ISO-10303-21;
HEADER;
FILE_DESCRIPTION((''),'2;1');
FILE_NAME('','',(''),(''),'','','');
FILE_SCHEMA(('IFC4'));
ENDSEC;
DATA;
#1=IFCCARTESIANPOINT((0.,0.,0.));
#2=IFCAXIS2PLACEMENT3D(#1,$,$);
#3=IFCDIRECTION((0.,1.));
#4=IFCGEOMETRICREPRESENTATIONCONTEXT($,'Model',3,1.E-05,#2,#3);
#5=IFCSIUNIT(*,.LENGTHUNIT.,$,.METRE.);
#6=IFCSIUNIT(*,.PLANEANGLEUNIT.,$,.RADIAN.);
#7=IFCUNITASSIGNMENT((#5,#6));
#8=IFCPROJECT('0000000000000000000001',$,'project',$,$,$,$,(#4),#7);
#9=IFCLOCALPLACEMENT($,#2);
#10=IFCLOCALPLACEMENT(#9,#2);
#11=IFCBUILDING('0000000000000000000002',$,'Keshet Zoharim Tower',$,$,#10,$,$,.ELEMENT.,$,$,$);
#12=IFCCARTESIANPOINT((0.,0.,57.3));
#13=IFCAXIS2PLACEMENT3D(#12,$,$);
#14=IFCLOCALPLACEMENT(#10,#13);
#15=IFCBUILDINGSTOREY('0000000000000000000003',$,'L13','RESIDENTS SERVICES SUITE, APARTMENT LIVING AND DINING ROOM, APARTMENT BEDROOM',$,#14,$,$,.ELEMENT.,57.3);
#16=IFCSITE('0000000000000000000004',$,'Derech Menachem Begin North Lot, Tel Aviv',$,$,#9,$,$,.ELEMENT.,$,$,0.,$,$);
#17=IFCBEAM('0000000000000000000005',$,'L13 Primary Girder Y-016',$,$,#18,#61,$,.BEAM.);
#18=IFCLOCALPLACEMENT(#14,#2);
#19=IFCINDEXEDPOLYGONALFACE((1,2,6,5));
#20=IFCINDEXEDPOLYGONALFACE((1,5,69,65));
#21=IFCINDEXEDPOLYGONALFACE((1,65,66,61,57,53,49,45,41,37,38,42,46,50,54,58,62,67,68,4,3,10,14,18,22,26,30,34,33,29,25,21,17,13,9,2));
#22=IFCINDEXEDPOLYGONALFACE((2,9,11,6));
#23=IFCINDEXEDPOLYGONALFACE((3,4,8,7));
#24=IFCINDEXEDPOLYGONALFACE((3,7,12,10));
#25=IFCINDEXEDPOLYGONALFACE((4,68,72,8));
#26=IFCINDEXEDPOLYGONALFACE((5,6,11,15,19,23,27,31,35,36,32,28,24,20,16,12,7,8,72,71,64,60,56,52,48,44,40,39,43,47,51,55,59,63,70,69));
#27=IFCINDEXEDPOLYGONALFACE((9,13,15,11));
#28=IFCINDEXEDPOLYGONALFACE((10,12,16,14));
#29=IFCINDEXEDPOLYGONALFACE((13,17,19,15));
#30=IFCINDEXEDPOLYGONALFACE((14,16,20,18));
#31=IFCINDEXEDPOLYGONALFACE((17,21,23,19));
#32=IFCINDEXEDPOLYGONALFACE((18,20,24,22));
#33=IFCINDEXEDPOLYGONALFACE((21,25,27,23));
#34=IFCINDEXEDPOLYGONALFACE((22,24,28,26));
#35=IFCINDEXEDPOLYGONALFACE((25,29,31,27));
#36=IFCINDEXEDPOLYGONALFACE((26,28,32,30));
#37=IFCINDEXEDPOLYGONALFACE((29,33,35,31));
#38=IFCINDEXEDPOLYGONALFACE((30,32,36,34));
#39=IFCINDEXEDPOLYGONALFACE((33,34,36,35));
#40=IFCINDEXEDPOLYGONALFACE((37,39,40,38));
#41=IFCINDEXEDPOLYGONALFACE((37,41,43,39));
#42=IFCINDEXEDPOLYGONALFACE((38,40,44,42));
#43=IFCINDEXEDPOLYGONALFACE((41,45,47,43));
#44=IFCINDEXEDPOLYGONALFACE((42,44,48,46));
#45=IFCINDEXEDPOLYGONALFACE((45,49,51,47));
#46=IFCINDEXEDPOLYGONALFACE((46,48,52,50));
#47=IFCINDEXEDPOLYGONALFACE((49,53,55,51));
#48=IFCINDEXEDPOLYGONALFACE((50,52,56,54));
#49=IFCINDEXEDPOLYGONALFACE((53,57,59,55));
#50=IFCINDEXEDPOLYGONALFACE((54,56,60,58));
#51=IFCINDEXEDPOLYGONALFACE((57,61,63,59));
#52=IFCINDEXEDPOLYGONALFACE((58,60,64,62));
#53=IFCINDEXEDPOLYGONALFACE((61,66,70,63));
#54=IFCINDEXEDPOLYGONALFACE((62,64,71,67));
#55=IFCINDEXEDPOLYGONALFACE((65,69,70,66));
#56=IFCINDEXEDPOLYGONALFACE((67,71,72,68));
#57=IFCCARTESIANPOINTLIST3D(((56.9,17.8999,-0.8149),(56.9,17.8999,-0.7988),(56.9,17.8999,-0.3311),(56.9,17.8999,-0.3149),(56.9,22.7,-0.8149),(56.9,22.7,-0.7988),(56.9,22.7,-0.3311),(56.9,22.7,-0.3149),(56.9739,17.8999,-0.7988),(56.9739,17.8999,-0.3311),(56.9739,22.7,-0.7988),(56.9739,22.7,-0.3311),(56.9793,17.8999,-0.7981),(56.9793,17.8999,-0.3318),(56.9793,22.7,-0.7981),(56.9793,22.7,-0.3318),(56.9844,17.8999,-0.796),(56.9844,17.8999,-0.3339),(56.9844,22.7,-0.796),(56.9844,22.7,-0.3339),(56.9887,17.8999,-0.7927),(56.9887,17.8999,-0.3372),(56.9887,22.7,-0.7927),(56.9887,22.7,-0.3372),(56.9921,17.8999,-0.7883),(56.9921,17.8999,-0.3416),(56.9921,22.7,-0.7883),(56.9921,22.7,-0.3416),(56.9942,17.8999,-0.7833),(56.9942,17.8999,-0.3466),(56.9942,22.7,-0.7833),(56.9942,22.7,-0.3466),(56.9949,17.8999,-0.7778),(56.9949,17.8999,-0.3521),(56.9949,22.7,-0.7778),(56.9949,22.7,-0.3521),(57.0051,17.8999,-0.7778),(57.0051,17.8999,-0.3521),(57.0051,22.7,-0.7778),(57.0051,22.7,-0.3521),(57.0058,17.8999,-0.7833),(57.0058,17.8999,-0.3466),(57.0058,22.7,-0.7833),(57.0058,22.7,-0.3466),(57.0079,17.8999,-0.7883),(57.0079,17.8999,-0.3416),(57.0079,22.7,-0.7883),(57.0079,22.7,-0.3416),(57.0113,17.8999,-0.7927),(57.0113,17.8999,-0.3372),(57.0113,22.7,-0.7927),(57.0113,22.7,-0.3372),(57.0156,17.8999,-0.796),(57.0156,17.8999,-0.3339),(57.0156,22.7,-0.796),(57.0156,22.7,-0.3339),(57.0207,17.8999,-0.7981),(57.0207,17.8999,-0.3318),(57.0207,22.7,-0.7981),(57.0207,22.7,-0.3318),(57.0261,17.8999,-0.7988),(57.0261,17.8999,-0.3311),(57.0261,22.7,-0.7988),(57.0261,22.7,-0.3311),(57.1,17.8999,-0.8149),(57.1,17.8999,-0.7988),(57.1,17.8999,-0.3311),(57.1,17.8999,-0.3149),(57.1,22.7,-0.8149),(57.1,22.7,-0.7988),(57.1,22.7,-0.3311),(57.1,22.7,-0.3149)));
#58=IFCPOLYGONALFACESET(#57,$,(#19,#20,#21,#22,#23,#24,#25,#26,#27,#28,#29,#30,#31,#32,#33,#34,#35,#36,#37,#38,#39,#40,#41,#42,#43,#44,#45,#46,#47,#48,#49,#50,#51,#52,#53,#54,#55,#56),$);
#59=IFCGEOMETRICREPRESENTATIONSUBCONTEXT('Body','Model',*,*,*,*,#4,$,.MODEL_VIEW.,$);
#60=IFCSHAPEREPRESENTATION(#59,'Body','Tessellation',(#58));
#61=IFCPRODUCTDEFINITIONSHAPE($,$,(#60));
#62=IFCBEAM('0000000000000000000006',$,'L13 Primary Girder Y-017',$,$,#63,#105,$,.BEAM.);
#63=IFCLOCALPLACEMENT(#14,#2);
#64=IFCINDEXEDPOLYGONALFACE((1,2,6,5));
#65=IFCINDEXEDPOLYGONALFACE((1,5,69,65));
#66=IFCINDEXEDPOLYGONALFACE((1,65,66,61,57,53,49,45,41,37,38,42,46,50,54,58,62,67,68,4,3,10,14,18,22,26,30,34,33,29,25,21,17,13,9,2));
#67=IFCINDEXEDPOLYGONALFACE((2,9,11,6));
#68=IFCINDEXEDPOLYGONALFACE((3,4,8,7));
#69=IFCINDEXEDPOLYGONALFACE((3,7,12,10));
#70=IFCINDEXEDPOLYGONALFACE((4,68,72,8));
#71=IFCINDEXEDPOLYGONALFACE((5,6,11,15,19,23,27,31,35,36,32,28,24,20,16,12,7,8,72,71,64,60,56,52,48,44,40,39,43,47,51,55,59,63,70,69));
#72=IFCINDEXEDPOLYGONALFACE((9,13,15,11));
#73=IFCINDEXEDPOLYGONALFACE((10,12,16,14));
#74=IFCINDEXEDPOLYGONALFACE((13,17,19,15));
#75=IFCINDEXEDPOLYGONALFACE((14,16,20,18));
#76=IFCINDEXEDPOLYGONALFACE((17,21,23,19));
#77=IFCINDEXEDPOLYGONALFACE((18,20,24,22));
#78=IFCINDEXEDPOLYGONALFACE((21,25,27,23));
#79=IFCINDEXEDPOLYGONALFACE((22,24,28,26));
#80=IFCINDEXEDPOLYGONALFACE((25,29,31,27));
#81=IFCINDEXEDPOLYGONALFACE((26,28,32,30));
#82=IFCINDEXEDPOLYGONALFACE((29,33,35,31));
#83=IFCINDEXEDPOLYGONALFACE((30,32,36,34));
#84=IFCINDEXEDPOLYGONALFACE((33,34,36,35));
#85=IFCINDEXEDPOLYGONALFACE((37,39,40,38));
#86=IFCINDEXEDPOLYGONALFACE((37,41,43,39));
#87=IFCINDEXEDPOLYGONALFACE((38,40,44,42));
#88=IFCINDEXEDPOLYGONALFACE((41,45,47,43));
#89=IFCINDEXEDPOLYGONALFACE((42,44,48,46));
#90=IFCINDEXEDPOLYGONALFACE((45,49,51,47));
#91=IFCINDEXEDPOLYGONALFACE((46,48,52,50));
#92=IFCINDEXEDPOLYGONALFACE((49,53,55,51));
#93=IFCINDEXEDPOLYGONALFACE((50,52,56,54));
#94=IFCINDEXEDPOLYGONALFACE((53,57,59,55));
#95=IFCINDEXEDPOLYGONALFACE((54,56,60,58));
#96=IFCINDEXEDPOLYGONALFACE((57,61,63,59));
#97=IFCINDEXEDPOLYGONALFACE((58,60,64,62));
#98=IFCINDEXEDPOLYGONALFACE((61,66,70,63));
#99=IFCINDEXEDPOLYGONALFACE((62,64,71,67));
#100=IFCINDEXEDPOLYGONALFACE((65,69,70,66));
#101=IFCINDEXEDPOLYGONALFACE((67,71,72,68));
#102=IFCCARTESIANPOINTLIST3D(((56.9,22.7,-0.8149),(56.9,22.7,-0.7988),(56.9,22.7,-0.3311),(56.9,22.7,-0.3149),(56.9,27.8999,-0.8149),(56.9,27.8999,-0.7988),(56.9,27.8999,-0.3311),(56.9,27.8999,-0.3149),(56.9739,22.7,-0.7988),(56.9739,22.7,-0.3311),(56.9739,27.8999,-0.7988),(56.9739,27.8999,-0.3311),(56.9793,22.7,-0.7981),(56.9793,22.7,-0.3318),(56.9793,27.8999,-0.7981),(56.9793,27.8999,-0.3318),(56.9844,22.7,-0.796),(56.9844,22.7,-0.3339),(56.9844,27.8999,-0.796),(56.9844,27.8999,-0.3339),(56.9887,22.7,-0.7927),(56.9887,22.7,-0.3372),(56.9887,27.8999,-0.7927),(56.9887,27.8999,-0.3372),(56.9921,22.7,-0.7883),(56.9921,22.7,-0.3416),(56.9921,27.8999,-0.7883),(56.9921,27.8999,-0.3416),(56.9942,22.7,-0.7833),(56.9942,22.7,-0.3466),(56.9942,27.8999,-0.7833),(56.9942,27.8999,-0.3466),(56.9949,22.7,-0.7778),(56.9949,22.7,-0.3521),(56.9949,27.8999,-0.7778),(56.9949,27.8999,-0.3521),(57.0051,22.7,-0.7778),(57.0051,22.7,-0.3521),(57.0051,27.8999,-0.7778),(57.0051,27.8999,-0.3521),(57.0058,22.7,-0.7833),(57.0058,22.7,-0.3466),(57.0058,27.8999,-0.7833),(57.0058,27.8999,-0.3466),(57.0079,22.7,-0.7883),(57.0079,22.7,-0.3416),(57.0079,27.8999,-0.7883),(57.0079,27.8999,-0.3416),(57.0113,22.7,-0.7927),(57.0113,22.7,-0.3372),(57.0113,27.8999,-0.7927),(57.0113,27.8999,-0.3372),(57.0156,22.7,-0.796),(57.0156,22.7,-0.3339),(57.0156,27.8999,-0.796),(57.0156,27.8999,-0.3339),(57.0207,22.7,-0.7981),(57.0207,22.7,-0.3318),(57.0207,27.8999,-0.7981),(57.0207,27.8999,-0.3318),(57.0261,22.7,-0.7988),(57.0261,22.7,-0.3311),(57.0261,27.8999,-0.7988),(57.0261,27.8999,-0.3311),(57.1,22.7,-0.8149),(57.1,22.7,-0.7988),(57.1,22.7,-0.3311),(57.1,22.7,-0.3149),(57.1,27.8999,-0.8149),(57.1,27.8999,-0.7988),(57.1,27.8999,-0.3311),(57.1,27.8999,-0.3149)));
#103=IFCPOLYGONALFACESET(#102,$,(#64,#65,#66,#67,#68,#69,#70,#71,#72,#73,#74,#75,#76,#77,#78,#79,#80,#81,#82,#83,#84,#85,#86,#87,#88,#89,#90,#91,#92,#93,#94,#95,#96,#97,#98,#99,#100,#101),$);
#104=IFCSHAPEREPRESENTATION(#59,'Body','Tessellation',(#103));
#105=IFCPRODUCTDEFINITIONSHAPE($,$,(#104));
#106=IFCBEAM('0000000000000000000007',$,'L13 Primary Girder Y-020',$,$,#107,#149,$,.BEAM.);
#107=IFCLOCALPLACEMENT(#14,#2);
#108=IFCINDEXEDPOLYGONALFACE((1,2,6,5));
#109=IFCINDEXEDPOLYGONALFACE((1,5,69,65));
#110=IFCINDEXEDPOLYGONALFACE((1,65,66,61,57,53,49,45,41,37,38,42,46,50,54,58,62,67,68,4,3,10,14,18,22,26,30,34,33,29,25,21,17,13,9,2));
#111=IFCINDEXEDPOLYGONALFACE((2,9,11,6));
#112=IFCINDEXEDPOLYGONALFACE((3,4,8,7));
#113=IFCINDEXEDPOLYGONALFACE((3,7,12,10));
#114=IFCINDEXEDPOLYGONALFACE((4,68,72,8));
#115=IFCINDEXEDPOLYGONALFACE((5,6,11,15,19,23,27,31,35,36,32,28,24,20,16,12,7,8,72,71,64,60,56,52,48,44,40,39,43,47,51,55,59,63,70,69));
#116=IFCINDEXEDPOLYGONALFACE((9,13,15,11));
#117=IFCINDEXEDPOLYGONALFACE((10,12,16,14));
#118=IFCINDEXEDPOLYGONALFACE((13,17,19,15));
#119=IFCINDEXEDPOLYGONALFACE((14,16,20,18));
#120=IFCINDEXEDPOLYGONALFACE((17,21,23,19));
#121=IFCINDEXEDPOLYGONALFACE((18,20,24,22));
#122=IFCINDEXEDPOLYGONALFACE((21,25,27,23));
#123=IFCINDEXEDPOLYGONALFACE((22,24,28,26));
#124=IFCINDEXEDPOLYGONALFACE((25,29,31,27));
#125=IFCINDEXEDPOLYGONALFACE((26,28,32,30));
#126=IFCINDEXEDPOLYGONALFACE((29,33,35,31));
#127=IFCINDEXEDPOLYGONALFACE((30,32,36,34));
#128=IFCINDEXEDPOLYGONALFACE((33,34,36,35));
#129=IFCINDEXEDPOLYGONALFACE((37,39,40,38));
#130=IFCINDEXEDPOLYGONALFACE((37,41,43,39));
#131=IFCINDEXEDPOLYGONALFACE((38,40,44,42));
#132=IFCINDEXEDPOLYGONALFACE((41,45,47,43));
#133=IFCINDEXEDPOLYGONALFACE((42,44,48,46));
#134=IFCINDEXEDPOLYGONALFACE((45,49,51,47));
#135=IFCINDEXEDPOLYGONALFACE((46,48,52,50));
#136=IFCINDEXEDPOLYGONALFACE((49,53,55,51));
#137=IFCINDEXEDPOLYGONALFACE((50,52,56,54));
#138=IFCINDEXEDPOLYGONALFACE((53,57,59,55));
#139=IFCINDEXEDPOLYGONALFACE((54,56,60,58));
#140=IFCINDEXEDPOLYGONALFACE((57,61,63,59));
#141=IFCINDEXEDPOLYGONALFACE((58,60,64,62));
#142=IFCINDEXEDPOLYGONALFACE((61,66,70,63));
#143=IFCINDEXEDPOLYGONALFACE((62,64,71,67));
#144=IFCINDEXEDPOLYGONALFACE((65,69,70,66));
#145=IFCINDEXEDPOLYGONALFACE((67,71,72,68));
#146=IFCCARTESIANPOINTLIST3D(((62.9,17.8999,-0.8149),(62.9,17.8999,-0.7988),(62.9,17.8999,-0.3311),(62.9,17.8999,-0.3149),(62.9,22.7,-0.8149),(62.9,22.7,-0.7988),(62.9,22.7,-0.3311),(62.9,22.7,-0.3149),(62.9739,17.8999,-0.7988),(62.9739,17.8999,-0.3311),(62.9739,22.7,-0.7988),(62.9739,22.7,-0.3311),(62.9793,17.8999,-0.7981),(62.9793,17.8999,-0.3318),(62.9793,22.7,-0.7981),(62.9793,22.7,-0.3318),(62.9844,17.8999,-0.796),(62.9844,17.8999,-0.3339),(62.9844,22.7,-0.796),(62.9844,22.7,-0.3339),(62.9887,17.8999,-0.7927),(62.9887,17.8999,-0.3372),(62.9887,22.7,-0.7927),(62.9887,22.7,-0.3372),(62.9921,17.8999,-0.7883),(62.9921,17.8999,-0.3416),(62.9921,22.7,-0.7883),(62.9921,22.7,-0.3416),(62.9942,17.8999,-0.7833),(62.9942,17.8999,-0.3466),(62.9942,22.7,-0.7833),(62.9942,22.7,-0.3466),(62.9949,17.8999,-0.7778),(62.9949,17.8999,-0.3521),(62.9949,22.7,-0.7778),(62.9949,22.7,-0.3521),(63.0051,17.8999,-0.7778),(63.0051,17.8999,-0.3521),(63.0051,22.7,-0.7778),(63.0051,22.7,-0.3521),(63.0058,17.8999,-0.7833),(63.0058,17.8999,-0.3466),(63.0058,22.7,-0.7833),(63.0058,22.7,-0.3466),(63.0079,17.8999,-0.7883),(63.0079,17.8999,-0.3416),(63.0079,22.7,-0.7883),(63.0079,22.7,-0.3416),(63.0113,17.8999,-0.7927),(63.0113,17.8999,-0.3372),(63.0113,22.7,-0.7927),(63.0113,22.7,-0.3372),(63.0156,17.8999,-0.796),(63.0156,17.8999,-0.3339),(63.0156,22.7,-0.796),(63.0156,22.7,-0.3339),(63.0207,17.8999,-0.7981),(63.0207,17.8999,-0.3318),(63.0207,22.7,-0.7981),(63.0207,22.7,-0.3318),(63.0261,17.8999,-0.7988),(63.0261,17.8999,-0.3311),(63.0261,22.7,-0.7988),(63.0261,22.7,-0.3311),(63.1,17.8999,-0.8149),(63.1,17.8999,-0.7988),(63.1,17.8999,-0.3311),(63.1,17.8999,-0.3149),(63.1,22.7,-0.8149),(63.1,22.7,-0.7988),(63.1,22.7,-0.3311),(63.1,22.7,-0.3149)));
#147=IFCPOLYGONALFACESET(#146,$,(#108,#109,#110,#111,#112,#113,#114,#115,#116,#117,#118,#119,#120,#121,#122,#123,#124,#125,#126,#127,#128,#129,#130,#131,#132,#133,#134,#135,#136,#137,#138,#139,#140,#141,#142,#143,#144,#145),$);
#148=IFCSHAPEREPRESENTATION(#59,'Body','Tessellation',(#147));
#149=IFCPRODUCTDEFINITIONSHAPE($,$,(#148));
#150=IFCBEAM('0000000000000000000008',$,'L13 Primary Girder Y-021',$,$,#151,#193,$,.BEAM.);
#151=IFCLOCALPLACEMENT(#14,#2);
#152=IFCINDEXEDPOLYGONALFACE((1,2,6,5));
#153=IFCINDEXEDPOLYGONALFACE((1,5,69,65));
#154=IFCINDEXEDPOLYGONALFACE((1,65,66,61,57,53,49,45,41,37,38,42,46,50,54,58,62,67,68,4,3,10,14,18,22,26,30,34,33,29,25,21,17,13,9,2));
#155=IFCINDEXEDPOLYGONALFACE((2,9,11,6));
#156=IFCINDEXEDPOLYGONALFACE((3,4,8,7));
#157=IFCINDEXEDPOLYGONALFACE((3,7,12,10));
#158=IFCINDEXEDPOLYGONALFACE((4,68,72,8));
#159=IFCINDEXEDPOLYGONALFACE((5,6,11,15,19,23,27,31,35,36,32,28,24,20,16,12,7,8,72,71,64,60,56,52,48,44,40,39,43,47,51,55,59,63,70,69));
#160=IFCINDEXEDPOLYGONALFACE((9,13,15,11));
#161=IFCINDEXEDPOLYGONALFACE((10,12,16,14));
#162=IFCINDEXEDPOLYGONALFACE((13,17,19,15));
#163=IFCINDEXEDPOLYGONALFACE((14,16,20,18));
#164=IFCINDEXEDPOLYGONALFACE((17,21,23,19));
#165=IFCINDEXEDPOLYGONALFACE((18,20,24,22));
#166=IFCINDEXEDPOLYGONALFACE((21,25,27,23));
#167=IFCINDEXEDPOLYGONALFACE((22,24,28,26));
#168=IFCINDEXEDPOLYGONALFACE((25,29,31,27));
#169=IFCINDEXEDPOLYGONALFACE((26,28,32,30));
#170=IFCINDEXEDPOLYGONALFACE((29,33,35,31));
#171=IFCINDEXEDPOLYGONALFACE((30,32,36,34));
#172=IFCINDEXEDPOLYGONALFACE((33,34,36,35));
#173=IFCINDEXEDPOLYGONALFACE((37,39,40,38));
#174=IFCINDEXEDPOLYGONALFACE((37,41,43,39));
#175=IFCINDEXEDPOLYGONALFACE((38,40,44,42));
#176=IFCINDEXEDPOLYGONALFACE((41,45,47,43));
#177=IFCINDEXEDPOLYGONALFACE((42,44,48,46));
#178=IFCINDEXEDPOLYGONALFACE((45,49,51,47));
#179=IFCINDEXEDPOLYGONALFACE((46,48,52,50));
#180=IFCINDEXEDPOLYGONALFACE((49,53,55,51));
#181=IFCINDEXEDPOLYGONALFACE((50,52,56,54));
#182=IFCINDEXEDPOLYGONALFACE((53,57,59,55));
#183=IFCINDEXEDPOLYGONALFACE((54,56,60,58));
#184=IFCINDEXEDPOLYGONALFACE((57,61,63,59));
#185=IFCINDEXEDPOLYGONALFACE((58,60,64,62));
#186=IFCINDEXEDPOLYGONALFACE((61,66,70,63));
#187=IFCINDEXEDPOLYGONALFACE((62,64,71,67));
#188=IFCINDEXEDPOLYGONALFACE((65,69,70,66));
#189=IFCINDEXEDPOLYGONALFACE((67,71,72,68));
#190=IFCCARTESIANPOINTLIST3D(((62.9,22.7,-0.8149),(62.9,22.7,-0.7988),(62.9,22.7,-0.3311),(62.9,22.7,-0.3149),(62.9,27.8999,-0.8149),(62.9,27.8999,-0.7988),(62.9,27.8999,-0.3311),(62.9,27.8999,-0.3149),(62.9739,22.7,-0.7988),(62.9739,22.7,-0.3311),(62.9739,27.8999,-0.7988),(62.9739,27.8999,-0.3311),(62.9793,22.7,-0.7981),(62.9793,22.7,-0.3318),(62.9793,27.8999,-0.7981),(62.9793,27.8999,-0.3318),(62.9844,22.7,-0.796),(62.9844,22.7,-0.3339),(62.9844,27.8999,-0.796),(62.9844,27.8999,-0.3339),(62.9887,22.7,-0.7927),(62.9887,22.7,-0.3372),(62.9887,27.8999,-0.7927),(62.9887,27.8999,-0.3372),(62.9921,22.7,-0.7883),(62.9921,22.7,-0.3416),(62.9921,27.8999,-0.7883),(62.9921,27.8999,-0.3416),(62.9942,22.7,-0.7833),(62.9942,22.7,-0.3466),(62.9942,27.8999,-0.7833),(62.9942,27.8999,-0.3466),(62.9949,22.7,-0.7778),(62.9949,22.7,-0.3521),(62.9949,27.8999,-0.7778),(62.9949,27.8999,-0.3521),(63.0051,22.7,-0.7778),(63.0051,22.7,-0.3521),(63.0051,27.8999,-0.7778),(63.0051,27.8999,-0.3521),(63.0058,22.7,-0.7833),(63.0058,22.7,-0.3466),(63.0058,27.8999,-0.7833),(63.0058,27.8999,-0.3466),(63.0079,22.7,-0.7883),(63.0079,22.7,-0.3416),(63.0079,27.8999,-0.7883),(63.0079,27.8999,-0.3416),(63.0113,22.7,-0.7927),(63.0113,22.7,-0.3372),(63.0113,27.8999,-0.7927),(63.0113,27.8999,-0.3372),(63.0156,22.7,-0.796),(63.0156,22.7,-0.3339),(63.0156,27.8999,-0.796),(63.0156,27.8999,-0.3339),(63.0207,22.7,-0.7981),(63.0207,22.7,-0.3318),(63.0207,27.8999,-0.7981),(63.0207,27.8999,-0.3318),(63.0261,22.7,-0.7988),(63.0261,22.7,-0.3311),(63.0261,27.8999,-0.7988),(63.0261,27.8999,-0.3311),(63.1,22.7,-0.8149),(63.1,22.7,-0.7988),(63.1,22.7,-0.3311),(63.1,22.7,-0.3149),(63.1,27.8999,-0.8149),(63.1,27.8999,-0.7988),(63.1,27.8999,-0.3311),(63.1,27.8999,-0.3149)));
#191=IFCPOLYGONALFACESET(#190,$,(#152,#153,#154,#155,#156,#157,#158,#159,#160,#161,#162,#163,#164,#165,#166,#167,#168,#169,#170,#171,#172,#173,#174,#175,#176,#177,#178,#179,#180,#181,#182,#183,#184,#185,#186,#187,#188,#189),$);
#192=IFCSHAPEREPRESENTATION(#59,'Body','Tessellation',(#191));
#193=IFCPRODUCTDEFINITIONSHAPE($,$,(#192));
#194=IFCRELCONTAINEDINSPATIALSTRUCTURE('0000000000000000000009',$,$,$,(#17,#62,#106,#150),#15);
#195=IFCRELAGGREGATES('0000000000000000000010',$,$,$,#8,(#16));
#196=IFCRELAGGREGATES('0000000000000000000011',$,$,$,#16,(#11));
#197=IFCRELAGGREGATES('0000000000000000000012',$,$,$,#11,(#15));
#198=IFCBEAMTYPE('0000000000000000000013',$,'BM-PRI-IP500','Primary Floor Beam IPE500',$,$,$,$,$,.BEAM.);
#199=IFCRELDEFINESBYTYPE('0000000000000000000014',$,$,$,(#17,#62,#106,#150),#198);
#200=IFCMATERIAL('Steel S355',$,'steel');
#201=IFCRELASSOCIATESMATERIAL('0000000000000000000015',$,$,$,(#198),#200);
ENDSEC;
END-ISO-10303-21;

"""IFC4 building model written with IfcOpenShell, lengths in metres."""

from ifc_helpers import new_model, si_unit, direction, frame, origin, origin_2d, place, context, subcontext, project, spatial, i_section, extrude, material, material_profile, profile_set, type_object, element, save


model = new_model("IFC4")

# Units and contexts
model_context = context("Model", 3, precision=1e-05, world=origin(), true_north=direction((0.0, 1.0)))
body_context = subcontext(model_context, "Body", "Model", "MODEL_VIEW")
ifc_project = project(units=[si_unit("LENGTHUNIT", "METRE"), si_unit("PLANEANGLEUNIT", "RADIAN")], contexts=[model_context])

# Site, building, storey
site_placement = place(None, origin())
site = spatial("IfcSite", under=ifc_project, at=site_placement, Name="Derech Menachem Begin North Lot, Tel Aviv", CompositionType="ELEMENT", RefElevation=0.0)
building_placement = place(site_placement, origin())
building = spatial("IfcBuilding", under=site, at=building_placement, Name="Keshet Zoharim Tower", CompositionType="ELEMENT")
storey_placement = place(building_placement, frame((0.0, 0.0, 57.3)))
storey = spatial("IfcBuildingStorey", under=building, at=storey_placement, Name="L13", Description="RESIDENTS SERVICES SUITE, APARTMENT LIVING AND DINING ROOM, APARTMENT BEDROOM", CompositionType="ELEMENT", Elevation=57.3)

# Shared definitions
ifc_material_1 = material(Name="Steel S355", Category="steel")

# Beams
ifc_material_profile_1 = material_profile(ifc_material_1, i_section(OverallWidth=0.2, OverallDepth=0.5, WebThickness=0.0103, FlangeThickness=0.0161, FilletRadius=0.021, at=origin_2d()), Name="IPE500")
ifc_profile_set_1 = profile_set([ifc_material_profile_1], Name="Steel S355")
beam_type_1 = type_object("IfcBeamType", Name="BM-PRI-IP500", Description="Primary Floor Beam IPE500", PredefinedType="BEAM", material=ifc_profile_set_1)
beam_1_placement = place(storey_placement, frame((57.0, 17.8999, -0.5649), z_axis=(0.0, 1.0, 0.0), x_axis=(-1.0, 0.0, 0.0)))
element("IfcBeam", 1, at=beam_1_placement, inside=storey, type_object=beam_type_1, Name="L13 Primary Girder Y-016", PredefinedType="BEAM", context=body_context, shape_type="SweptSolid", body=[
    extrude(i_section(OverallWidth=0.2, OverallDepth=0.5, WebThickness=0.0103, FlangeThickness=0.0161, FilletRadius=0.021, at=origin_2d()), origin(), (0.0, 0.0, 1.0), 4.8),
])
beam_2_placement = place(storey_placement, frame((57.0, 22.7, -0.5649), z_axis=(0.0, 1.0, 0.0), x_axis=(-1.0, 0.0, 0.0)))
element("IfcBeam", 2, at=beam_2_placement, inside=storey, type_object=beam_type_1, Name="L13 Primary Girder Y-017", PredefinedType="BEAM", context=body_context, shape_type="SweptSolid", body=[
    extrude(i_section(OverallWidth=0.2, OverallDepth=0.5, WebThickness=0.0103, FlangeThickness=0.0161, FilletRadius=0.021, at=origin_2d()), origin(), (0.0, 0.0, 1.0), 5.2),
])
beam_3_placement = place(storey_placement, frame((63.0, 17.8999, -0.5649), z_axis=(0.0, 1.0, 0.0), x_axis=(-1.0, 0.0, 0.0)))
element("IfcBeam", 3, at=beam_3_placement, inside=storey, type_object=beam_type_1, Name="L13 Primary Girder Y-020", PredefinedType="BEAM", context=body_context, shape_type="SweptSolid", body=[
    extrude(i_section(OverallWidth=0.2, OverallDepth=0.5, WebThickness=0.0103, FlangeThickness=0.0161, FilletRadius=0.021, at=origin_2d()), origin(), (0.0, 0.0, 1.0), 4.8),
])
beam_4_placement = place(storey_placement, frame((63.0, 22.7, -0.5649), z_axis=(0.0, 1.0, 0.0), x_axis=(-1.0, 0.0, 0.0)))
element("IfcBeam", 4, at=beam_4_placement, inside=storey, type_object=beam_type_1, Name="L13 Primary Girder Y-021", PredefinedType="BEAM", context=body_context, shape_type="SweptSolid", body=[
    extrude(i_section(OverallWidth=0.2, OverallDepth=0.5, WebThickness=0.0103, FlangeThickness=0.0161, FilletRadius=0.021, at=origin_2d()), origin(), (0.0, 0.0, 1.0), 5.2),
])

save(model, "model.ifc")
